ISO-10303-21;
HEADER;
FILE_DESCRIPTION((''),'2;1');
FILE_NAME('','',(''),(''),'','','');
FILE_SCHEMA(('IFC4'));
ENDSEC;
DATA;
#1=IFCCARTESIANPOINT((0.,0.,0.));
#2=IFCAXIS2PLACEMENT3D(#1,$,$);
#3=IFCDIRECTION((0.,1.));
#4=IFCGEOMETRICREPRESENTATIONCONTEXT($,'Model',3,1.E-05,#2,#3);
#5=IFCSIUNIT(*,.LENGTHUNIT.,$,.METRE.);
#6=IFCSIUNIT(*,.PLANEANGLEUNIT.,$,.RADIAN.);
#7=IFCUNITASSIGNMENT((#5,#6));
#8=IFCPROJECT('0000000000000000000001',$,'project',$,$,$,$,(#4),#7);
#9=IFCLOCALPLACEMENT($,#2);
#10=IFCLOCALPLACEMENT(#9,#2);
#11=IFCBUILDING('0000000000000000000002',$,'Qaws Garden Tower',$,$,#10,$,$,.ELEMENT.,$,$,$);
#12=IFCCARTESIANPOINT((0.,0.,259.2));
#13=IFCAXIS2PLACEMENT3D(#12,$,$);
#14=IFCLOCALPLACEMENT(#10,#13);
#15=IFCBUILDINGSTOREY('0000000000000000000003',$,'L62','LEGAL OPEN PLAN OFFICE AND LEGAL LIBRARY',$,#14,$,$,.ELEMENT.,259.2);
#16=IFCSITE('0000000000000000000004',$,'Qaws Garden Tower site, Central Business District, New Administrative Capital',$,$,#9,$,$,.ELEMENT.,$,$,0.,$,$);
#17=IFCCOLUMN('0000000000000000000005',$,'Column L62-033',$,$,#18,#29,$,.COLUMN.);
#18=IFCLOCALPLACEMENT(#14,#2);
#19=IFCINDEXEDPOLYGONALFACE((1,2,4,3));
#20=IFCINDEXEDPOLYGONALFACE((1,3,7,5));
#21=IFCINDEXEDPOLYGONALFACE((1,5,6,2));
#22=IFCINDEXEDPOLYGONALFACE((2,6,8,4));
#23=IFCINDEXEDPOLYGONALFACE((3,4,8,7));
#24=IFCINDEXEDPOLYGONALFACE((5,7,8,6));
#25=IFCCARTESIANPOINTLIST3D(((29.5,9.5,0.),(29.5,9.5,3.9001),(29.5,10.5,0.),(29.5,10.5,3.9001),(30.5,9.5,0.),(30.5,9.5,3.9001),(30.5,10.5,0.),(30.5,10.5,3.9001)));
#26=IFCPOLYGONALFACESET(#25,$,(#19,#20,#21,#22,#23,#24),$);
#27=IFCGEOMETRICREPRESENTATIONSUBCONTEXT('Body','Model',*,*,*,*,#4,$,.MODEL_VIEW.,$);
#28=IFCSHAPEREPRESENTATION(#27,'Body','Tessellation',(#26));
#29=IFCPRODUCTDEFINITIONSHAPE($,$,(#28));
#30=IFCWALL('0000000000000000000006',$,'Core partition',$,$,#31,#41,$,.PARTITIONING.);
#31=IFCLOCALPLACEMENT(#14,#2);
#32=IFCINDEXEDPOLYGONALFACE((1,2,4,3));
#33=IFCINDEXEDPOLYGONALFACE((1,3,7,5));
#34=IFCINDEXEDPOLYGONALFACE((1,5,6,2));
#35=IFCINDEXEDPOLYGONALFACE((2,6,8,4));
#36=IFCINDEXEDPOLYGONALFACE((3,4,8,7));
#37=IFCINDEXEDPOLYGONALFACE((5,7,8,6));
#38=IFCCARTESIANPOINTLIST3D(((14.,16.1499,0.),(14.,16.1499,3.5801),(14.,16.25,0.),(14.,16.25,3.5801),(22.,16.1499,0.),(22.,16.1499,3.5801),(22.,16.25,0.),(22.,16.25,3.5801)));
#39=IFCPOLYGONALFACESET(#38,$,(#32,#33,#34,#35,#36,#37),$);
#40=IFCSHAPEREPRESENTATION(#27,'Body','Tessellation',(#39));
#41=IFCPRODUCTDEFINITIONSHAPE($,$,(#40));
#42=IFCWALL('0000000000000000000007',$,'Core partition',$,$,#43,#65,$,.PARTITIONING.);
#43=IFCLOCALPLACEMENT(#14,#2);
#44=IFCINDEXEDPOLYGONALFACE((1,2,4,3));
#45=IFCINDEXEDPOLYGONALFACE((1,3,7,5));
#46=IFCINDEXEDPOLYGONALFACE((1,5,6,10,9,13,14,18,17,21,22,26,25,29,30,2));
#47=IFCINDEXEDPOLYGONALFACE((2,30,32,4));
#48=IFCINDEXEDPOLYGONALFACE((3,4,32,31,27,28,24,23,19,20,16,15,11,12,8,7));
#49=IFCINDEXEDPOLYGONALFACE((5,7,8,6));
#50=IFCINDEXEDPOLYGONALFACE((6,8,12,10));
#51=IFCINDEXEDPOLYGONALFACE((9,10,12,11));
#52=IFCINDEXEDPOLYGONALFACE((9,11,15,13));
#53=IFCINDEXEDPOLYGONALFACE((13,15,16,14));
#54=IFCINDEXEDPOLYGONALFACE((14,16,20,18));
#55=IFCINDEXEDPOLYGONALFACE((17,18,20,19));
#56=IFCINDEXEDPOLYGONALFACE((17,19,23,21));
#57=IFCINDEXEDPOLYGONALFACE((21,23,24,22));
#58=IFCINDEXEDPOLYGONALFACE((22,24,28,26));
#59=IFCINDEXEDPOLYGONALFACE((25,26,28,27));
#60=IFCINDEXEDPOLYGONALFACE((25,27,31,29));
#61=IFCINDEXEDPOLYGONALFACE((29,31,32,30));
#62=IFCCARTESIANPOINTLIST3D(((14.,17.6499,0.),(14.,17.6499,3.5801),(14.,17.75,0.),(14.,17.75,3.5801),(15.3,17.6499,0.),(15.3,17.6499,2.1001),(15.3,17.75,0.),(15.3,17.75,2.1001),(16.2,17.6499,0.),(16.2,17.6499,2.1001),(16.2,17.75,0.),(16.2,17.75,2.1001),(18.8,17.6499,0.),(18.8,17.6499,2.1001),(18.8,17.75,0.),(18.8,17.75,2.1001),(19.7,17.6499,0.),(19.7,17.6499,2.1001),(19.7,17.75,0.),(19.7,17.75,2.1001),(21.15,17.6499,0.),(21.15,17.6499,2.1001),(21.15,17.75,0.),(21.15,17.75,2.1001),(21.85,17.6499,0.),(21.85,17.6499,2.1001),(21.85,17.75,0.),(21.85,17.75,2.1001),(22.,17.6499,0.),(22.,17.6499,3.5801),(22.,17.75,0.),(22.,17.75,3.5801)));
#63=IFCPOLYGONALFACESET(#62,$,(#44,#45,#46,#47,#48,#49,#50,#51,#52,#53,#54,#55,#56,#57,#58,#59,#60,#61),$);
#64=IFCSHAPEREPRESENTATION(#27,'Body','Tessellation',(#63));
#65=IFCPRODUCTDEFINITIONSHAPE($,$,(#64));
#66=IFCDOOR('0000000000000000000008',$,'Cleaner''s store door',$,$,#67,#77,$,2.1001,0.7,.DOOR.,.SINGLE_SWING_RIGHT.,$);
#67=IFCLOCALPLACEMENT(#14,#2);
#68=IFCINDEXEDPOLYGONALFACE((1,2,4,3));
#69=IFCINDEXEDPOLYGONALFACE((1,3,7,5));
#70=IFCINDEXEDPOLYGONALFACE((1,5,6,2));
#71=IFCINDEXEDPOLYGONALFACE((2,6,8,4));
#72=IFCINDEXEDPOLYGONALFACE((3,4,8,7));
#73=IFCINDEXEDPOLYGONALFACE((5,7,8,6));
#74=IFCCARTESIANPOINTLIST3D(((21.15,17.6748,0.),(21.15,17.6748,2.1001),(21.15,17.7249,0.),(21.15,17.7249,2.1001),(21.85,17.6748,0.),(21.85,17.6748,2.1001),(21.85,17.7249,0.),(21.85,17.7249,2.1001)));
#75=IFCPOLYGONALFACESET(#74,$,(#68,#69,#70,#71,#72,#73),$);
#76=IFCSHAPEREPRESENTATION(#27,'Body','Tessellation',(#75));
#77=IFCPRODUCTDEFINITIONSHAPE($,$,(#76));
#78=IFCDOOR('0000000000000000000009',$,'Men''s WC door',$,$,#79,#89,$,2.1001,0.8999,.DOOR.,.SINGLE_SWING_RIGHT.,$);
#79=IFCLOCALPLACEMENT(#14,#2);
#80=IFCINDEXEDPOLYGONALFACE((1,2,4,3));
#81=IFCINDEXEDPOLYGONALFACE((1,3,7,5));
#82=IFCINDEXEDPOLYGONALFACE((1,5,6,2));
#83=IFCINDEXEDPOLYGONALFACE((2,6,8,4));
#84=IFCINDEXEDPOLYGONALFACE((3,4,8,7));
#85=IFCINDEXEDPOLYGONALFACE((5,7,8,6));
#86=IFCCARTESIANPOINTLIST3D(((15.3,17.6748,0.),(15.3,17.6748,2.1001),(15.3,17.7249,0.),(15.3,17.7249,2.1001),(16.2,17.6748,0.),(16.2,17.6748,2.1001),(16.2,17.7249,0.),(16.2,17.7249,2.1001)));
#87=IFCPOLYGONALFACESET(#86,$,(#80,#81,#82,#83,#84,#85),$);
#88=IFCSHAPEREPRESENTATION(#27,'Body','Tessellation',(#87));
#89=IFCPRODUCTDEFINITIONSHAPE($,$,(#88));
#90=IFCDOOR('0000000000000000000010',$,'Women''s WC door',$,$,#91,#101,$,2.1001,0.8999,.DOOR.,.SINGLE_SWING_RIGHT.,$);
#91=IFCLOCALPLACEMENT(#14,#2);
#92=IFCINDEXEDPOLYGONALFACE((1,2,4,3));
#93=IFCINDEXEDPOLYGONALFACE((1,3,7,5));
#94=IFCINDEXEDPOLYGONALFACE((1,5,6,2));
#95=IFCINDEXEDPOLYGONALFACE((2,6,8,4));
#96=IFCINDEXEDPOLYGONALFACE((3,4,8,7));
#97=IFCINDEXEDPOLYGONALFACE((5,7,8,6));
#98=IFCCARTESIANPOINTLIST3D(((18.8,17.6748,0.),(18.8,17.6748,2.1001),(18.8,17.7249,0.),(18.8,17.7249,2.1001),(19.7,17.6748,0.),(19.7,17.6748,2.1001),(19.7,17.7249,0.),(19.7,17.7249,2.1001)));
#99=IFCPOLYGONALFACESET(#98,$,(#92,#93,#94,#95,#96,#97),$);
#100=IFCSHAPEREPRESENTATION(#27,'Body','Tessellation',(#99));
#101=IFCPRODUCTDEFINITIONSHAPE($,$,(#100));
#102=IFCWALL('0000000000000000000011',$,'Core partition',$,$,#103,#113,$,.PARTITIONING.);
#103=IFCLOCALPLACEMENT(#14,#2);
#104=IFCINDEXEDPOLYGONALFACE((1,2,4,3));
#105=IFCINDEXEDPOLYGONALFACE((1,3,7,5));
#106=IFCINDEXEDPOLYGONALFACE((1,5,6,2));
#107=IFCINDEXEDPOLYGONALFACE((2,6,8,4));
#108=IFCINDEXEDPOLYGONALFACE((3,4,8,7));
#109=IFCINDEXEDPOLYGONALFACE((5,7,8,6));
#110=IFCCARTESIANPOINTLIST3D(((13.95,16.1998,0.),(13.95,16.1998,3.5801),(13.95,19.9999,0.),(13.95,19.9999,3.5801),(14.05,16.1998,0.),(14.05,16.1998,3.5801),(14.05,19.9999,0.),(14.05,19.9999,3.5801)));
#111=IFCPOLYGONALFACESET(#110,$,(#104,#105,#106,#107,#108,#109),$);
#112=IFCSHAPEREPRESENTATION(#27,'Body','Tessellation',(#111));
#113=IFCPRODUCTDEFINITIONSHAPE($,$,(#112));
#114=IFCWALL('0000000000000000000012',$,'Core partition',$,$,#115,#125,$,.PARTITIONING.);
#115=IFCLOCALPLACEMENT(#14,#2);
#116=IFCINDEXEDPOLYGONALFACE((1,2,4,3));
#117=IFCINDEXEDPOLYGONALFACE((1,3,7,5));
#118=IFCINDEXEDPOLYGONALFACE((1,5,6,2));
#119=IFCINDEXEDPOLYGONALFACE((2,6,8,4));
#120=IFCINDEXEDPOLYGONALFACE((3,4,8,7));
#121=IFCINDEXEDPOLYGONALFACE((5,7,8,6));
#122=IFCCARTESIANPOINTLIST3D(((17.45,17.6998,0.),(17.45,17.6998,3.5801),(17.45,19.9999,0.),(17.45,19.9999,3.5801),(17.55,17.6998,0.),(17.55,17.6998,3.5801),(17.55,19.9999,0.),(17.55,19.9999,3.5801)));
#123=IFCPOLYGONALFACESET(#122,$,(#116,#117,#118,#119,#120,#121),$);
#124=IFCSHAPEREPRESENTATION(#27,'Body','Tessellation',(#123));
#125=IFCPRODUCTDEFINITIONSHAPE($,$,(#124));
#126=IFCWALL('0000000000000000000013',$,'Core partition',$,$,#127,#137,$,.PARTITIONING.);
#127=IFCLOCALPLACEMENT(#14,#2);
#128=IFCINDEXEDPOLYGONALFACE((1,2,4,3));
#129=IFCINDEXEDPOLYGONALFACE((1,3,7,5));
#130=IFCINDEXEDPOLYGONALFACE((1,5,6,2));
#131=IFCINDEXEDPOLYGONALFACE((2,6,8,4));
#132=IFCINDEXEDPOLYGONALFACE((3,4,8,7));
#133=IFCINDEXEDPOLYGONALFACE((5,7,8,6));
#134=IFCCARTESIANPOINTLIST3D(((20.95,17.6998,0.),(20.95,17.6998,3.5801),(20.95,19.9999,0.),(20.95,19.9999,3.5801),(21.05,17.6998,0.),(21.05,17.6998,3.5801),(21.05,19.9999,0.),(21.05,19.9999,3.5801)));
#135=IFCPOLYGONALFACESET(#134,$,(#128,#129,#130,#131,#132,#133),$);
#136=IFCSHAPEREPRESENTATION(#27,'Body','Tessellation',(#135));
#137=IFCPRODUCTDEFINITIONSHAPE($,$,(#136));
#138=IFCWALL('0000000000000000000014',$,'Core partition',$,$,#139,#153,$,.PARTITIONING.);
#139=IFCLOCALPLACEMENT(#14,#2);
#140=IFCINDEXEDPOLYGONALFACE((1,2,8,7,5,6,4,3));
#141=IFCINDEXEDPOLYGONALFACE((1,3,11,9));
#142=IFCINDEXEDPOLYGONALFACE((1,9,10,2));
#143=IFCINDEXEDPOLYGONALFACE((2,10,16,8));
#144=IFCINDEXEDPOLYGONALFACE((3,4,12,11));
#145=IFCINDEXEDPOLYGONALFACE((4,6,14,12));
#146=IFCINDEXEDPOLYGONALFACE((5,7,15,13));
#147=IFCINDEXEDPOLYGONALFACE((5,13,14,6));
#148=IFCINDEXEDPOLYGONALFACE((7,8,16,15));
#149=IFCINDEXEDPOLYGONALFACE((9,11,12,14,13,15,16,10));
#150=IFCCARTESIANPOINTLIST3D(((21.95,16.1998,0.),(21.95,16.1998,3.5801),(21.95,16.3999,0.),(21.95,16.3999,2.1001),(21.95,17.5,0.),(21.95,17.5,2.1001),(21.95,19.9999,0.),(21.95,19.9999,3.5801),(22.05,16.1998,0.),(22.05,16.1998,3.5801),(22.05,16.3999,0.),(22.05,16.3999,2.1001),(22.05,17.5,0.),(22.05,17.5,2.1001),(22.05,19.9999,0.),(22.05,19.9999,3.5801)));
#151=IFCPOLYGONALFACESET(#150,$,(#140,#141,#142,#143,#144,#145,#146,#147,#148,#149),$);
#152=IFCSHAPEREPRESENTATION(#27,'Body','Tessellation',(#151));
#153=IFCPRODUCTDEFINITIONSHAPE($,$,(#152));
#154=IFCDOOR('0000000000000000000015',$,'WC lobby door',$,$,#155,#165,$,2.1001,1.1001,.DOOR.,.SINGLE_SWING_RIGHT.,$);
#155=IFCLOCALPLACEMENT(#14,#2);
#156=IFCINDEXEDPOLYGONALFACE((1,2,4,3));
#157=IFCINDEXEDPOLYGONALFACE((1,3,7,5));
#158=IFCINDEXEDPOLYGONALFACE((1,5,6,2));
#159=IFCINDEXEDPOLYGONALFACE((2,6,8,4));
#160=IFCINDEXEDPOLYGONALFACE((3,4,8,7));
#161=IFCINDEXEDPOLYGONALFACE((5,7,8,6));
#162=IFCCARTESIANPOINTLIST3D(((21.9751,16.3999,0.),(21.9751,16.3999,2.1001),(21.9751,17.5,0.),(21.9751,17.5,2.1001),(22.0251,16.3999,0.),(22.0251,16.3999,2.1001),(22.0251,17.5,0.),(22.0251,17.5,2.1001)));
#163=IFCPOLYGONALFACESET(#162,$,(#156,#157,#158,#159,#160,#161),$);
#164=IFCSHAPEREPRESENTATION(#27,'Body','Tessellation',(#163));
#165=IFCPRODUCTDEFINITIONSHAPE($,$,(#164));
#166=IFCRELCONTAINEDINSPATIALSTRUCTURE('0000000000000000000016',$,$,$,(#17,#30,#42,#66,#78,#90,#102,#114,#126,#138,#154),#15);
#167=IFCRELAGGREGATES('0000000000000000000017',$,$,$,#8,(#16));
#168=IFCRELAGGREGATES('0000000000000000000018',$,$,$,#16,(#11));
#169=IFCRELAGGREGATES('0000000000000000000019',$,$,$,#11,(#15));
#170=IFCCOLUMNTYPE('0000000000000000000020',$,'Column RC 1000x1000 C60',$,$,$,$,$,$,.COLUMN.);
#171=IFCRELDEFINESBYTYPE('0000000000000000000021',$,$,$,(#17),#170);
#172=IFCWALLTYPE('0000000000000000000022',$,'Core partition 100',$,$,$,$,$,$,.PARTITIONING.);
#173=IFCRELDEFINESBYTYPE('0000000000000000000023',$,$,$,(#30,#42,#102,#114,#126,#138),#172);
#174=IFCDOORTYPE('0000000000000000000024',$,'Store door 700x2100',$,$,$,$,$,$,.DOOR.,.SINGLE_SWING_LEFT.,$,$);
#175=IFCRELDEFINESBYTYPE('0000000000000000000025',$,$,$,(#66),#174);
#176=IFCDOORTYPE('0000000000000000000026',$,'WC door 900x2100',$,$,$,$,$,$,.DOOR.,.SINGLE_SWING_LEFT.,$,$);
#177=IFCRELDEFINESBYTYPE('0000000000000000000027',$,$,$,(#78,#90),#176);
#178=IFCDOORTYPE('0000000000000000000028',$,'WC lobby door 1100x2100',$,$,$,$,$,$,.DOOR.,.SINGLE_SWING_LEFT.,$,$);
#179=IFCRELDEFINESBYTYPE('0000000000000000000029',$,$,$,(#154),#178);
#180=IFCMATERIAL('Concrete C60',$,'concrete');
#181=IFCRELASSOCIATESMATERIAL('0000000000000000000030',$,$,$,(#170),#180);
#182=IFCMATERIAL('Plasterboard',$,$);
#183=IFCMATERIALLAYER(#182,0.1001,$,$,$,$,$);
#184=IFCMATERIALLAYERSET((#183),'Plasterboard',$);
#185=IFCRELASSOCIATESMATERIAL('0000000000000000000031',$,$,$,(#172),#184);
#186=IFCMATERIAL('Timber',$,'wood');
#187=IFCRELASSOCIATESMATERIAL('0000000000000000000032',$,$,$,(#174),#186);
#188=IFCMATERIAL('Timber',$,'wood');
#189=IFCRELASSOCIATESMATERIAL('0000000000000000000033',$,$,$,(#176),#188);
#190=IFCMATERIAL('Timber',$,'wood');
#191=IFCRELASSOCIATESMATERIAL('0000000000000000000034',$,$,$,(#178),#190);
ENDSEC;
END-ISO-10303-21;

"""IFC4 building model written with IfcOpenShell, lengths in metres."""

from ifc_helpers import new_model, si_unit, direction, frame, frame_2d, origin, origin_2d, place, context, subcontext, project, spatial, rectangle, extrude, material, layer, layer_set, material_profile, profile_set, type_object, element, fill, save


model = new_model("IFC4")

# Units and contexts
model_context = context("Model", 3, precision=1e-05, world=origin(), true_north=direction((0.0, 1.0)))
body_context = subcontext(model_context, "Body", "Model", "MODEL_VIEW")
ifc_project = project(units=[si_unit("LENGTHUNIT", "METRE"), si_unit("PLANEANGLEUNIT", "RADIAN")], contexts=[model_context])

# Site, building, storey
site_placement = place(None, origin())
site = spatial("IfcSite", under=ifc_project, at=site_placement, Name="Qaws Garden Tower site, Central Business District, New Administrative Capital", CompositionType="ELEMENT", RefElevation=0.0)
building_placement = place(site_placement, origin())
building = spatial("IfcBuilding", under=site, at=building_placement, Name="Qaws Garden Tower", CompositionType="ELEMENT")
storey_placement = place(building_placement, frame((0.0, 0.0, 259.2)))
storey = spatial("IfcBuildingStorey", under=building, at=storey_placement, Name="L62", Description="LEGAL OPEN PLAN OFFICE AND LEGAL LIBRARY", CompositionType="ELEMENT", Elevation=259.2)

# Column
ifc_material_1 = material(Name="Concrete C60", Category="concrete")
ifc_material_profile = material_profile(ifc_material_1, rectangle(XDim=1.0, YDim=1.0, at=origin_2d()), Name="RC 1000x1000")
ifc_profile_set = profile_set([ifc_material_profile], Name="Concrete C60")
column_type = type_object("IfcColumnType", Name="Column RC 1000x1000 C60", PredefinedType="COLUMN", material=ifc_profile_set)
column_placement = place(storey_placement, frame((30.0, 10.0, 0.0), z_axis=(0.0, 0.0, 1.0), x_axis=(1.0, 0.0, 0.0)))
element("IfcColumn", 1, at=column_placement, inside=storey, type_object=column_type, Name="Column L62-033", PredefinedType="COLUMN", context=body_context, shape_type="SweptSolid", body=[
    extrude(rectangle(XDim=1.0, YDim=1.0, at=origin_2d()), origin(), (0.0, 0.0, 1.0), 3.9001),
])

# Wall
ifc_material_2 = material(Name="Plasterboard")
ifc_layer_1 = layer(ifc_material_2, 0.1001)
ifc_layer_set_1 = layer_set([ifc_layer_1], Name="Plasterboard")
wall_type_1 = type_object("IfcWallType", Name="Core partition 100", PredefinedType="PARTITIONING", material=ifc_layer_set_1)
wall_1_placement = place(storey_placement, frame((14.0, 16.2, 0.0), z_axis=(0.0, 0.0, 1.0), x_axis=(1.0, 0.0, 0.0)))
element("IfcWall", 2, at=wall_1_placement, inside=storey, type_object=wall_type_1, Name="Core partition", PredefinedType="PARTITIONING", context=body_context, shape_type="SweptSolid", body=[
    extrude(rectangle(XDim=8.0, YDim=0.1001, at=frame_2d((4.0, 0.0))), origin(), (0.0, 0.0, 1.0), 3.5801),
])

# Wall, openings, doors
wall_2_placement = place(storey_placement, frame((14.0, 17.7, 0.0), z_axis=(0.0, 0.0, 1.0), x_axis=(1.0, 0.0, 0.0)))
wall_2 = element("IfcWall", 3, at=wall_2_placement, inside=storey, type_object=wall_type_1, Name="Core partition", PredefinedType="PARTITIONING", context=body_context, shape_type="SweptSolid", body=[
    extrude(rectangle(XDim=8.0, YDim=0.1001, at=frame_2d((4.0, 0.0))), origin(), (0.0, 0.0, 1.0), 3.5801),
])
opening_1_placement = place(wall_2_placement, frame((1.3, 0.0, 0.0)))
opening_1 = element("IfcOpeningElement", 4, at=opening_1_placement, cuts=wall_2, PredefinedType="OPENING", context=body_context, shape_type="SweptSolid", body=[
    extrude(rectangle(XDim=0.8999, YDim=2.1001, at=frame_2d((0.45, 1.05))), frame((0.0, 0.0601, 0.0), z_axis=(0.0, -1.0, 0.0), x_axis=(1.0, 0.0, 0.0)), (0.0, 0.0, 1.0), 0.1201),
])
opening_2_placement = place(wall_2_placement, frame((4.8, 0.0, 0.0)))
opening_2 = element("IfcOpeningElement", 5, at=opening_2_placement, cuts=wall_2, PredefinedType="OPENING", context=body_context, shape_type="SweptSolid", body=[
    extrude(rectangle(XDim=0.8999, YDim=2.1001, at=frame_2d((0.45, 1.05))), frame((0.0, 0.0601, 0.0), z_axis=(0.0, -1.0, 0.0), x_axis=(1.0, 0.0, 0.0)), (0.0, 0.0, 1.0), 0.1201),
])
opening_3_placement = place(wall_2_placement, frame((7.1499, 0.0, 0.0)))
opening_3 = element("IfcOpeningElement", 6, at=opening_3_placement, cuts=wall_2, PredefinedType="OPENING", context=body_context, shape_type="SweptSolid", body=[
    extrude(rectangle(XDim=0.7, YDim=2.1001, at=frame_2d((0.3501, 1.05))), frame((0.0, 0.0601, 0.0), z_axis=(0.0, -1.0, 0.0), x_axis=(1.0, 0.0, 0.0)), (0.0, 0.0, 1.0), 0.1201),
])
ifc_material_3 = material(Name="Timber", Category="wood")
door_type_1 = type_object("IfcDoorType", Name="Store door 700x2100", OperationType="SINGLE_SWING_LEFT", PredefinedType="DOOR", material=ifc_material_3)
door_1_placement = place(opening_3_placement, origin())
door_1 = element("IfcDoor", 7, at=door_1_placement, inside=storey, type_object=door_type_1, Name="Cleaner's store door", OperationType="SINGLE_SWING_RIGHT", OverallHeight=2.1001, OverallWidth=0.7, PredefinedType="DOOR", context=body_context, shape_type="SweptSolid", body=[
    extrude(rectangle(XDim=0.7, YDim=2.1001, at=frame_2d((0.3501, 1.05))), frame((0.0, 0.0249, 0.0), z_axis=(0.0, -1.0, 0.0), x_axis=(1.0, 0.0, 0.0)), (0.0, 0.0, 1.0), 0.05),
])
fill(opening_3, door_1)
ifc_material_4 = material(Name="Timber", Category="wood")
door_type_2 = type_object("IfcDoorType", Name="WC door 900x2100", OperationType="SINGLE_SWING_LEFT", PredefinedType="DOOR", material=ifc_material_4)
door_2_placement = place(opening_1_placement, origin())
door_2 = element("IfcDoor", 8, at=door_2_placement, inside=storey, type_object=door_type_2, Name="Men's WC door", OperationType="SINGLE_SWING_RIGHT", OverallHeight=2.1001, OverallWidth=0.8999, PredefinedType="DOOR", context=body_context, shape_type="SweptSolid", body=[
    extrude(rectangle(XDim=0.8999, YDim=2.1001, at=frame_2d((0.45, 1.05))), frame((0.0, 0.0249, 0.0), z_axis=(0.0, -1.0, 0.0), x_axis=(1.0, 0.0, 0.0)), (0.0, 0.0, 1.0), 0.05),
])
fill(opening_1, door_2)
door_3_placement = place(opening_2_placement, origin())
door_3 = element("IfcDoor", 9, at=door_3_placement, inside=storey, type_object=door_type_2, Name="Women's WC door", OperationType="SINGLE_SWING_RIGHT", OverallHeight=2.1001, OverallWidth=0.8999, PredefinedType="DOOR", context=body_context, shape_type="SweptSolid", body=[
    extrude(rectangle(XDim=0.8999, YDim=2.1001, at=frame_2d((0.45, 1.05))), frame((0.0, 0.0249, 0.0), z_axis=(0.0, -1.0, 0.0), x_axis=(1.0, 0.0, 0.0)), (0.0, 0.0, 1.0), 0.05),
])
fill(opening_2, door_3)

# Walls
wall_3_placement = place(storey_placement, frame((14.0, 16.2, 0.0), z_axis=(0.0, 0.0, 1.0), x_axis=(0.0, 1.0, 0.0)))
element("IfcWall", 10, at=wall_3_placement, inside=storey, type_object=wall_type_1, Name="Core partition", PredefinedType="PARTITIONING", context=body_context, shape_type="SweptSolid", body=[
    extrude(rectangle(XDim=3.8, YDim=0.1001, at=frame_2d((1.8999, 0.0))), origin(), (0.0, 0.0, 1.0), 3.5801),
])
for number, where, z_axis, x_axis, name in (
    (11, (17.5, 17.7, 0.0), (0.0, 0.0, 1.0), (0.0, 1.0, 0.0), "Core partition"),
    (12, (21.0, 17.7, 0.0), (0.0, 0.0, 1.0), (0.0, 1.0, 0.0), "Core partition"),
):
    element("IfcWall", number, at=place(storey_placement, frame(where, z_axis=z_axis, x_axis=x_axis)), inside=storey, type_object=wall_type_1, Name=name, PredefinedType="PARTITIONING", context=body_context, shape_type="SweptSolid", body=[
        extrude(rectangle(XDim=2.3, YDim=0.1001, at=frame_2d((1.1499, 0.0))), origin(), (0.0, 0.0, 1.0), 3.5801),
    ])

# Wall, opening, door
wall_4_placement = place(storey_placement, frame((22.0, 16.2, 0.0), z_axis=(0.0, 0.0, 1.0), x_axis=(0.0, 1.0, 0.0)))
wall_4 = element("IfcWall", 13, at=wall_4_placement, inside=storey, type_object=wall_type_1, Name="Core partition", PredefinedType="PARTITIONING", context=body_context, shape_type="SweptSolid", body=[
    extrude(rectangle(XDim=3.8, YDim=0.1001, at=frame_2d((1.8999, 0.0))), origin(), (0.0, 0.0, 1.0), 3.5801),
])
opening_4_placement = place(wall_4_placement, frame((0.2, 0.0, 0.0)))
opening_4 = element("IfcOpeningElement", 14, at=opening_4_placement, cuts=wall_4, PredefinedType="OPENING", context=body_context, shape_type="SweptSolid", body=[
    extrude(rectangle(XDim=1.1001, YDim=2.1001, at=frame_2d((0.55, 1.05))), frame((0.0, 0.0601, 0.0), z_axis=(0.0, -1.0, 0.0), x_axis=(1.0, 0.0, 0.0)), (0.0, 0.0, 1.0), 0.1201),
])
ifc_material_5 = material(Name="Timber", Category="wood")
door_type_3 = type_object("IfcDoorType", Name="WC lobby door 1100x2100", OperationType="SINGLE_SWING_LEFT", PredefinedType="DOOR", material=ifc_material_5)
door_4_placement = place(opening_4_placement, origin())
door_4 = element("IfcDoor", 15, at=door_4_placement, inside=storey, type_object=door_type_3, Name="WC lobby door", OperationType="SINGLE_SWING_RIGHT", OverallHeight=2.1001, OverallWidth=1.1001, PredefinedType="DOOR", context=body_context, shape_type="SweptSolid", body=[
    extrude(rectangle(XDim=1.1001, YDim=2.1001, at=frame_2d((0.55, 1.05))), frame((0.0, 0.0249, 0.0), z_axis=(0.0, -1.0, 0.0), x_axis=(1.0, 0.0, 0.0)), (0.0, 0.0, 1.0), 0.05),
])
fill(opening_4, door_4)

save(model, "model.ifc")
